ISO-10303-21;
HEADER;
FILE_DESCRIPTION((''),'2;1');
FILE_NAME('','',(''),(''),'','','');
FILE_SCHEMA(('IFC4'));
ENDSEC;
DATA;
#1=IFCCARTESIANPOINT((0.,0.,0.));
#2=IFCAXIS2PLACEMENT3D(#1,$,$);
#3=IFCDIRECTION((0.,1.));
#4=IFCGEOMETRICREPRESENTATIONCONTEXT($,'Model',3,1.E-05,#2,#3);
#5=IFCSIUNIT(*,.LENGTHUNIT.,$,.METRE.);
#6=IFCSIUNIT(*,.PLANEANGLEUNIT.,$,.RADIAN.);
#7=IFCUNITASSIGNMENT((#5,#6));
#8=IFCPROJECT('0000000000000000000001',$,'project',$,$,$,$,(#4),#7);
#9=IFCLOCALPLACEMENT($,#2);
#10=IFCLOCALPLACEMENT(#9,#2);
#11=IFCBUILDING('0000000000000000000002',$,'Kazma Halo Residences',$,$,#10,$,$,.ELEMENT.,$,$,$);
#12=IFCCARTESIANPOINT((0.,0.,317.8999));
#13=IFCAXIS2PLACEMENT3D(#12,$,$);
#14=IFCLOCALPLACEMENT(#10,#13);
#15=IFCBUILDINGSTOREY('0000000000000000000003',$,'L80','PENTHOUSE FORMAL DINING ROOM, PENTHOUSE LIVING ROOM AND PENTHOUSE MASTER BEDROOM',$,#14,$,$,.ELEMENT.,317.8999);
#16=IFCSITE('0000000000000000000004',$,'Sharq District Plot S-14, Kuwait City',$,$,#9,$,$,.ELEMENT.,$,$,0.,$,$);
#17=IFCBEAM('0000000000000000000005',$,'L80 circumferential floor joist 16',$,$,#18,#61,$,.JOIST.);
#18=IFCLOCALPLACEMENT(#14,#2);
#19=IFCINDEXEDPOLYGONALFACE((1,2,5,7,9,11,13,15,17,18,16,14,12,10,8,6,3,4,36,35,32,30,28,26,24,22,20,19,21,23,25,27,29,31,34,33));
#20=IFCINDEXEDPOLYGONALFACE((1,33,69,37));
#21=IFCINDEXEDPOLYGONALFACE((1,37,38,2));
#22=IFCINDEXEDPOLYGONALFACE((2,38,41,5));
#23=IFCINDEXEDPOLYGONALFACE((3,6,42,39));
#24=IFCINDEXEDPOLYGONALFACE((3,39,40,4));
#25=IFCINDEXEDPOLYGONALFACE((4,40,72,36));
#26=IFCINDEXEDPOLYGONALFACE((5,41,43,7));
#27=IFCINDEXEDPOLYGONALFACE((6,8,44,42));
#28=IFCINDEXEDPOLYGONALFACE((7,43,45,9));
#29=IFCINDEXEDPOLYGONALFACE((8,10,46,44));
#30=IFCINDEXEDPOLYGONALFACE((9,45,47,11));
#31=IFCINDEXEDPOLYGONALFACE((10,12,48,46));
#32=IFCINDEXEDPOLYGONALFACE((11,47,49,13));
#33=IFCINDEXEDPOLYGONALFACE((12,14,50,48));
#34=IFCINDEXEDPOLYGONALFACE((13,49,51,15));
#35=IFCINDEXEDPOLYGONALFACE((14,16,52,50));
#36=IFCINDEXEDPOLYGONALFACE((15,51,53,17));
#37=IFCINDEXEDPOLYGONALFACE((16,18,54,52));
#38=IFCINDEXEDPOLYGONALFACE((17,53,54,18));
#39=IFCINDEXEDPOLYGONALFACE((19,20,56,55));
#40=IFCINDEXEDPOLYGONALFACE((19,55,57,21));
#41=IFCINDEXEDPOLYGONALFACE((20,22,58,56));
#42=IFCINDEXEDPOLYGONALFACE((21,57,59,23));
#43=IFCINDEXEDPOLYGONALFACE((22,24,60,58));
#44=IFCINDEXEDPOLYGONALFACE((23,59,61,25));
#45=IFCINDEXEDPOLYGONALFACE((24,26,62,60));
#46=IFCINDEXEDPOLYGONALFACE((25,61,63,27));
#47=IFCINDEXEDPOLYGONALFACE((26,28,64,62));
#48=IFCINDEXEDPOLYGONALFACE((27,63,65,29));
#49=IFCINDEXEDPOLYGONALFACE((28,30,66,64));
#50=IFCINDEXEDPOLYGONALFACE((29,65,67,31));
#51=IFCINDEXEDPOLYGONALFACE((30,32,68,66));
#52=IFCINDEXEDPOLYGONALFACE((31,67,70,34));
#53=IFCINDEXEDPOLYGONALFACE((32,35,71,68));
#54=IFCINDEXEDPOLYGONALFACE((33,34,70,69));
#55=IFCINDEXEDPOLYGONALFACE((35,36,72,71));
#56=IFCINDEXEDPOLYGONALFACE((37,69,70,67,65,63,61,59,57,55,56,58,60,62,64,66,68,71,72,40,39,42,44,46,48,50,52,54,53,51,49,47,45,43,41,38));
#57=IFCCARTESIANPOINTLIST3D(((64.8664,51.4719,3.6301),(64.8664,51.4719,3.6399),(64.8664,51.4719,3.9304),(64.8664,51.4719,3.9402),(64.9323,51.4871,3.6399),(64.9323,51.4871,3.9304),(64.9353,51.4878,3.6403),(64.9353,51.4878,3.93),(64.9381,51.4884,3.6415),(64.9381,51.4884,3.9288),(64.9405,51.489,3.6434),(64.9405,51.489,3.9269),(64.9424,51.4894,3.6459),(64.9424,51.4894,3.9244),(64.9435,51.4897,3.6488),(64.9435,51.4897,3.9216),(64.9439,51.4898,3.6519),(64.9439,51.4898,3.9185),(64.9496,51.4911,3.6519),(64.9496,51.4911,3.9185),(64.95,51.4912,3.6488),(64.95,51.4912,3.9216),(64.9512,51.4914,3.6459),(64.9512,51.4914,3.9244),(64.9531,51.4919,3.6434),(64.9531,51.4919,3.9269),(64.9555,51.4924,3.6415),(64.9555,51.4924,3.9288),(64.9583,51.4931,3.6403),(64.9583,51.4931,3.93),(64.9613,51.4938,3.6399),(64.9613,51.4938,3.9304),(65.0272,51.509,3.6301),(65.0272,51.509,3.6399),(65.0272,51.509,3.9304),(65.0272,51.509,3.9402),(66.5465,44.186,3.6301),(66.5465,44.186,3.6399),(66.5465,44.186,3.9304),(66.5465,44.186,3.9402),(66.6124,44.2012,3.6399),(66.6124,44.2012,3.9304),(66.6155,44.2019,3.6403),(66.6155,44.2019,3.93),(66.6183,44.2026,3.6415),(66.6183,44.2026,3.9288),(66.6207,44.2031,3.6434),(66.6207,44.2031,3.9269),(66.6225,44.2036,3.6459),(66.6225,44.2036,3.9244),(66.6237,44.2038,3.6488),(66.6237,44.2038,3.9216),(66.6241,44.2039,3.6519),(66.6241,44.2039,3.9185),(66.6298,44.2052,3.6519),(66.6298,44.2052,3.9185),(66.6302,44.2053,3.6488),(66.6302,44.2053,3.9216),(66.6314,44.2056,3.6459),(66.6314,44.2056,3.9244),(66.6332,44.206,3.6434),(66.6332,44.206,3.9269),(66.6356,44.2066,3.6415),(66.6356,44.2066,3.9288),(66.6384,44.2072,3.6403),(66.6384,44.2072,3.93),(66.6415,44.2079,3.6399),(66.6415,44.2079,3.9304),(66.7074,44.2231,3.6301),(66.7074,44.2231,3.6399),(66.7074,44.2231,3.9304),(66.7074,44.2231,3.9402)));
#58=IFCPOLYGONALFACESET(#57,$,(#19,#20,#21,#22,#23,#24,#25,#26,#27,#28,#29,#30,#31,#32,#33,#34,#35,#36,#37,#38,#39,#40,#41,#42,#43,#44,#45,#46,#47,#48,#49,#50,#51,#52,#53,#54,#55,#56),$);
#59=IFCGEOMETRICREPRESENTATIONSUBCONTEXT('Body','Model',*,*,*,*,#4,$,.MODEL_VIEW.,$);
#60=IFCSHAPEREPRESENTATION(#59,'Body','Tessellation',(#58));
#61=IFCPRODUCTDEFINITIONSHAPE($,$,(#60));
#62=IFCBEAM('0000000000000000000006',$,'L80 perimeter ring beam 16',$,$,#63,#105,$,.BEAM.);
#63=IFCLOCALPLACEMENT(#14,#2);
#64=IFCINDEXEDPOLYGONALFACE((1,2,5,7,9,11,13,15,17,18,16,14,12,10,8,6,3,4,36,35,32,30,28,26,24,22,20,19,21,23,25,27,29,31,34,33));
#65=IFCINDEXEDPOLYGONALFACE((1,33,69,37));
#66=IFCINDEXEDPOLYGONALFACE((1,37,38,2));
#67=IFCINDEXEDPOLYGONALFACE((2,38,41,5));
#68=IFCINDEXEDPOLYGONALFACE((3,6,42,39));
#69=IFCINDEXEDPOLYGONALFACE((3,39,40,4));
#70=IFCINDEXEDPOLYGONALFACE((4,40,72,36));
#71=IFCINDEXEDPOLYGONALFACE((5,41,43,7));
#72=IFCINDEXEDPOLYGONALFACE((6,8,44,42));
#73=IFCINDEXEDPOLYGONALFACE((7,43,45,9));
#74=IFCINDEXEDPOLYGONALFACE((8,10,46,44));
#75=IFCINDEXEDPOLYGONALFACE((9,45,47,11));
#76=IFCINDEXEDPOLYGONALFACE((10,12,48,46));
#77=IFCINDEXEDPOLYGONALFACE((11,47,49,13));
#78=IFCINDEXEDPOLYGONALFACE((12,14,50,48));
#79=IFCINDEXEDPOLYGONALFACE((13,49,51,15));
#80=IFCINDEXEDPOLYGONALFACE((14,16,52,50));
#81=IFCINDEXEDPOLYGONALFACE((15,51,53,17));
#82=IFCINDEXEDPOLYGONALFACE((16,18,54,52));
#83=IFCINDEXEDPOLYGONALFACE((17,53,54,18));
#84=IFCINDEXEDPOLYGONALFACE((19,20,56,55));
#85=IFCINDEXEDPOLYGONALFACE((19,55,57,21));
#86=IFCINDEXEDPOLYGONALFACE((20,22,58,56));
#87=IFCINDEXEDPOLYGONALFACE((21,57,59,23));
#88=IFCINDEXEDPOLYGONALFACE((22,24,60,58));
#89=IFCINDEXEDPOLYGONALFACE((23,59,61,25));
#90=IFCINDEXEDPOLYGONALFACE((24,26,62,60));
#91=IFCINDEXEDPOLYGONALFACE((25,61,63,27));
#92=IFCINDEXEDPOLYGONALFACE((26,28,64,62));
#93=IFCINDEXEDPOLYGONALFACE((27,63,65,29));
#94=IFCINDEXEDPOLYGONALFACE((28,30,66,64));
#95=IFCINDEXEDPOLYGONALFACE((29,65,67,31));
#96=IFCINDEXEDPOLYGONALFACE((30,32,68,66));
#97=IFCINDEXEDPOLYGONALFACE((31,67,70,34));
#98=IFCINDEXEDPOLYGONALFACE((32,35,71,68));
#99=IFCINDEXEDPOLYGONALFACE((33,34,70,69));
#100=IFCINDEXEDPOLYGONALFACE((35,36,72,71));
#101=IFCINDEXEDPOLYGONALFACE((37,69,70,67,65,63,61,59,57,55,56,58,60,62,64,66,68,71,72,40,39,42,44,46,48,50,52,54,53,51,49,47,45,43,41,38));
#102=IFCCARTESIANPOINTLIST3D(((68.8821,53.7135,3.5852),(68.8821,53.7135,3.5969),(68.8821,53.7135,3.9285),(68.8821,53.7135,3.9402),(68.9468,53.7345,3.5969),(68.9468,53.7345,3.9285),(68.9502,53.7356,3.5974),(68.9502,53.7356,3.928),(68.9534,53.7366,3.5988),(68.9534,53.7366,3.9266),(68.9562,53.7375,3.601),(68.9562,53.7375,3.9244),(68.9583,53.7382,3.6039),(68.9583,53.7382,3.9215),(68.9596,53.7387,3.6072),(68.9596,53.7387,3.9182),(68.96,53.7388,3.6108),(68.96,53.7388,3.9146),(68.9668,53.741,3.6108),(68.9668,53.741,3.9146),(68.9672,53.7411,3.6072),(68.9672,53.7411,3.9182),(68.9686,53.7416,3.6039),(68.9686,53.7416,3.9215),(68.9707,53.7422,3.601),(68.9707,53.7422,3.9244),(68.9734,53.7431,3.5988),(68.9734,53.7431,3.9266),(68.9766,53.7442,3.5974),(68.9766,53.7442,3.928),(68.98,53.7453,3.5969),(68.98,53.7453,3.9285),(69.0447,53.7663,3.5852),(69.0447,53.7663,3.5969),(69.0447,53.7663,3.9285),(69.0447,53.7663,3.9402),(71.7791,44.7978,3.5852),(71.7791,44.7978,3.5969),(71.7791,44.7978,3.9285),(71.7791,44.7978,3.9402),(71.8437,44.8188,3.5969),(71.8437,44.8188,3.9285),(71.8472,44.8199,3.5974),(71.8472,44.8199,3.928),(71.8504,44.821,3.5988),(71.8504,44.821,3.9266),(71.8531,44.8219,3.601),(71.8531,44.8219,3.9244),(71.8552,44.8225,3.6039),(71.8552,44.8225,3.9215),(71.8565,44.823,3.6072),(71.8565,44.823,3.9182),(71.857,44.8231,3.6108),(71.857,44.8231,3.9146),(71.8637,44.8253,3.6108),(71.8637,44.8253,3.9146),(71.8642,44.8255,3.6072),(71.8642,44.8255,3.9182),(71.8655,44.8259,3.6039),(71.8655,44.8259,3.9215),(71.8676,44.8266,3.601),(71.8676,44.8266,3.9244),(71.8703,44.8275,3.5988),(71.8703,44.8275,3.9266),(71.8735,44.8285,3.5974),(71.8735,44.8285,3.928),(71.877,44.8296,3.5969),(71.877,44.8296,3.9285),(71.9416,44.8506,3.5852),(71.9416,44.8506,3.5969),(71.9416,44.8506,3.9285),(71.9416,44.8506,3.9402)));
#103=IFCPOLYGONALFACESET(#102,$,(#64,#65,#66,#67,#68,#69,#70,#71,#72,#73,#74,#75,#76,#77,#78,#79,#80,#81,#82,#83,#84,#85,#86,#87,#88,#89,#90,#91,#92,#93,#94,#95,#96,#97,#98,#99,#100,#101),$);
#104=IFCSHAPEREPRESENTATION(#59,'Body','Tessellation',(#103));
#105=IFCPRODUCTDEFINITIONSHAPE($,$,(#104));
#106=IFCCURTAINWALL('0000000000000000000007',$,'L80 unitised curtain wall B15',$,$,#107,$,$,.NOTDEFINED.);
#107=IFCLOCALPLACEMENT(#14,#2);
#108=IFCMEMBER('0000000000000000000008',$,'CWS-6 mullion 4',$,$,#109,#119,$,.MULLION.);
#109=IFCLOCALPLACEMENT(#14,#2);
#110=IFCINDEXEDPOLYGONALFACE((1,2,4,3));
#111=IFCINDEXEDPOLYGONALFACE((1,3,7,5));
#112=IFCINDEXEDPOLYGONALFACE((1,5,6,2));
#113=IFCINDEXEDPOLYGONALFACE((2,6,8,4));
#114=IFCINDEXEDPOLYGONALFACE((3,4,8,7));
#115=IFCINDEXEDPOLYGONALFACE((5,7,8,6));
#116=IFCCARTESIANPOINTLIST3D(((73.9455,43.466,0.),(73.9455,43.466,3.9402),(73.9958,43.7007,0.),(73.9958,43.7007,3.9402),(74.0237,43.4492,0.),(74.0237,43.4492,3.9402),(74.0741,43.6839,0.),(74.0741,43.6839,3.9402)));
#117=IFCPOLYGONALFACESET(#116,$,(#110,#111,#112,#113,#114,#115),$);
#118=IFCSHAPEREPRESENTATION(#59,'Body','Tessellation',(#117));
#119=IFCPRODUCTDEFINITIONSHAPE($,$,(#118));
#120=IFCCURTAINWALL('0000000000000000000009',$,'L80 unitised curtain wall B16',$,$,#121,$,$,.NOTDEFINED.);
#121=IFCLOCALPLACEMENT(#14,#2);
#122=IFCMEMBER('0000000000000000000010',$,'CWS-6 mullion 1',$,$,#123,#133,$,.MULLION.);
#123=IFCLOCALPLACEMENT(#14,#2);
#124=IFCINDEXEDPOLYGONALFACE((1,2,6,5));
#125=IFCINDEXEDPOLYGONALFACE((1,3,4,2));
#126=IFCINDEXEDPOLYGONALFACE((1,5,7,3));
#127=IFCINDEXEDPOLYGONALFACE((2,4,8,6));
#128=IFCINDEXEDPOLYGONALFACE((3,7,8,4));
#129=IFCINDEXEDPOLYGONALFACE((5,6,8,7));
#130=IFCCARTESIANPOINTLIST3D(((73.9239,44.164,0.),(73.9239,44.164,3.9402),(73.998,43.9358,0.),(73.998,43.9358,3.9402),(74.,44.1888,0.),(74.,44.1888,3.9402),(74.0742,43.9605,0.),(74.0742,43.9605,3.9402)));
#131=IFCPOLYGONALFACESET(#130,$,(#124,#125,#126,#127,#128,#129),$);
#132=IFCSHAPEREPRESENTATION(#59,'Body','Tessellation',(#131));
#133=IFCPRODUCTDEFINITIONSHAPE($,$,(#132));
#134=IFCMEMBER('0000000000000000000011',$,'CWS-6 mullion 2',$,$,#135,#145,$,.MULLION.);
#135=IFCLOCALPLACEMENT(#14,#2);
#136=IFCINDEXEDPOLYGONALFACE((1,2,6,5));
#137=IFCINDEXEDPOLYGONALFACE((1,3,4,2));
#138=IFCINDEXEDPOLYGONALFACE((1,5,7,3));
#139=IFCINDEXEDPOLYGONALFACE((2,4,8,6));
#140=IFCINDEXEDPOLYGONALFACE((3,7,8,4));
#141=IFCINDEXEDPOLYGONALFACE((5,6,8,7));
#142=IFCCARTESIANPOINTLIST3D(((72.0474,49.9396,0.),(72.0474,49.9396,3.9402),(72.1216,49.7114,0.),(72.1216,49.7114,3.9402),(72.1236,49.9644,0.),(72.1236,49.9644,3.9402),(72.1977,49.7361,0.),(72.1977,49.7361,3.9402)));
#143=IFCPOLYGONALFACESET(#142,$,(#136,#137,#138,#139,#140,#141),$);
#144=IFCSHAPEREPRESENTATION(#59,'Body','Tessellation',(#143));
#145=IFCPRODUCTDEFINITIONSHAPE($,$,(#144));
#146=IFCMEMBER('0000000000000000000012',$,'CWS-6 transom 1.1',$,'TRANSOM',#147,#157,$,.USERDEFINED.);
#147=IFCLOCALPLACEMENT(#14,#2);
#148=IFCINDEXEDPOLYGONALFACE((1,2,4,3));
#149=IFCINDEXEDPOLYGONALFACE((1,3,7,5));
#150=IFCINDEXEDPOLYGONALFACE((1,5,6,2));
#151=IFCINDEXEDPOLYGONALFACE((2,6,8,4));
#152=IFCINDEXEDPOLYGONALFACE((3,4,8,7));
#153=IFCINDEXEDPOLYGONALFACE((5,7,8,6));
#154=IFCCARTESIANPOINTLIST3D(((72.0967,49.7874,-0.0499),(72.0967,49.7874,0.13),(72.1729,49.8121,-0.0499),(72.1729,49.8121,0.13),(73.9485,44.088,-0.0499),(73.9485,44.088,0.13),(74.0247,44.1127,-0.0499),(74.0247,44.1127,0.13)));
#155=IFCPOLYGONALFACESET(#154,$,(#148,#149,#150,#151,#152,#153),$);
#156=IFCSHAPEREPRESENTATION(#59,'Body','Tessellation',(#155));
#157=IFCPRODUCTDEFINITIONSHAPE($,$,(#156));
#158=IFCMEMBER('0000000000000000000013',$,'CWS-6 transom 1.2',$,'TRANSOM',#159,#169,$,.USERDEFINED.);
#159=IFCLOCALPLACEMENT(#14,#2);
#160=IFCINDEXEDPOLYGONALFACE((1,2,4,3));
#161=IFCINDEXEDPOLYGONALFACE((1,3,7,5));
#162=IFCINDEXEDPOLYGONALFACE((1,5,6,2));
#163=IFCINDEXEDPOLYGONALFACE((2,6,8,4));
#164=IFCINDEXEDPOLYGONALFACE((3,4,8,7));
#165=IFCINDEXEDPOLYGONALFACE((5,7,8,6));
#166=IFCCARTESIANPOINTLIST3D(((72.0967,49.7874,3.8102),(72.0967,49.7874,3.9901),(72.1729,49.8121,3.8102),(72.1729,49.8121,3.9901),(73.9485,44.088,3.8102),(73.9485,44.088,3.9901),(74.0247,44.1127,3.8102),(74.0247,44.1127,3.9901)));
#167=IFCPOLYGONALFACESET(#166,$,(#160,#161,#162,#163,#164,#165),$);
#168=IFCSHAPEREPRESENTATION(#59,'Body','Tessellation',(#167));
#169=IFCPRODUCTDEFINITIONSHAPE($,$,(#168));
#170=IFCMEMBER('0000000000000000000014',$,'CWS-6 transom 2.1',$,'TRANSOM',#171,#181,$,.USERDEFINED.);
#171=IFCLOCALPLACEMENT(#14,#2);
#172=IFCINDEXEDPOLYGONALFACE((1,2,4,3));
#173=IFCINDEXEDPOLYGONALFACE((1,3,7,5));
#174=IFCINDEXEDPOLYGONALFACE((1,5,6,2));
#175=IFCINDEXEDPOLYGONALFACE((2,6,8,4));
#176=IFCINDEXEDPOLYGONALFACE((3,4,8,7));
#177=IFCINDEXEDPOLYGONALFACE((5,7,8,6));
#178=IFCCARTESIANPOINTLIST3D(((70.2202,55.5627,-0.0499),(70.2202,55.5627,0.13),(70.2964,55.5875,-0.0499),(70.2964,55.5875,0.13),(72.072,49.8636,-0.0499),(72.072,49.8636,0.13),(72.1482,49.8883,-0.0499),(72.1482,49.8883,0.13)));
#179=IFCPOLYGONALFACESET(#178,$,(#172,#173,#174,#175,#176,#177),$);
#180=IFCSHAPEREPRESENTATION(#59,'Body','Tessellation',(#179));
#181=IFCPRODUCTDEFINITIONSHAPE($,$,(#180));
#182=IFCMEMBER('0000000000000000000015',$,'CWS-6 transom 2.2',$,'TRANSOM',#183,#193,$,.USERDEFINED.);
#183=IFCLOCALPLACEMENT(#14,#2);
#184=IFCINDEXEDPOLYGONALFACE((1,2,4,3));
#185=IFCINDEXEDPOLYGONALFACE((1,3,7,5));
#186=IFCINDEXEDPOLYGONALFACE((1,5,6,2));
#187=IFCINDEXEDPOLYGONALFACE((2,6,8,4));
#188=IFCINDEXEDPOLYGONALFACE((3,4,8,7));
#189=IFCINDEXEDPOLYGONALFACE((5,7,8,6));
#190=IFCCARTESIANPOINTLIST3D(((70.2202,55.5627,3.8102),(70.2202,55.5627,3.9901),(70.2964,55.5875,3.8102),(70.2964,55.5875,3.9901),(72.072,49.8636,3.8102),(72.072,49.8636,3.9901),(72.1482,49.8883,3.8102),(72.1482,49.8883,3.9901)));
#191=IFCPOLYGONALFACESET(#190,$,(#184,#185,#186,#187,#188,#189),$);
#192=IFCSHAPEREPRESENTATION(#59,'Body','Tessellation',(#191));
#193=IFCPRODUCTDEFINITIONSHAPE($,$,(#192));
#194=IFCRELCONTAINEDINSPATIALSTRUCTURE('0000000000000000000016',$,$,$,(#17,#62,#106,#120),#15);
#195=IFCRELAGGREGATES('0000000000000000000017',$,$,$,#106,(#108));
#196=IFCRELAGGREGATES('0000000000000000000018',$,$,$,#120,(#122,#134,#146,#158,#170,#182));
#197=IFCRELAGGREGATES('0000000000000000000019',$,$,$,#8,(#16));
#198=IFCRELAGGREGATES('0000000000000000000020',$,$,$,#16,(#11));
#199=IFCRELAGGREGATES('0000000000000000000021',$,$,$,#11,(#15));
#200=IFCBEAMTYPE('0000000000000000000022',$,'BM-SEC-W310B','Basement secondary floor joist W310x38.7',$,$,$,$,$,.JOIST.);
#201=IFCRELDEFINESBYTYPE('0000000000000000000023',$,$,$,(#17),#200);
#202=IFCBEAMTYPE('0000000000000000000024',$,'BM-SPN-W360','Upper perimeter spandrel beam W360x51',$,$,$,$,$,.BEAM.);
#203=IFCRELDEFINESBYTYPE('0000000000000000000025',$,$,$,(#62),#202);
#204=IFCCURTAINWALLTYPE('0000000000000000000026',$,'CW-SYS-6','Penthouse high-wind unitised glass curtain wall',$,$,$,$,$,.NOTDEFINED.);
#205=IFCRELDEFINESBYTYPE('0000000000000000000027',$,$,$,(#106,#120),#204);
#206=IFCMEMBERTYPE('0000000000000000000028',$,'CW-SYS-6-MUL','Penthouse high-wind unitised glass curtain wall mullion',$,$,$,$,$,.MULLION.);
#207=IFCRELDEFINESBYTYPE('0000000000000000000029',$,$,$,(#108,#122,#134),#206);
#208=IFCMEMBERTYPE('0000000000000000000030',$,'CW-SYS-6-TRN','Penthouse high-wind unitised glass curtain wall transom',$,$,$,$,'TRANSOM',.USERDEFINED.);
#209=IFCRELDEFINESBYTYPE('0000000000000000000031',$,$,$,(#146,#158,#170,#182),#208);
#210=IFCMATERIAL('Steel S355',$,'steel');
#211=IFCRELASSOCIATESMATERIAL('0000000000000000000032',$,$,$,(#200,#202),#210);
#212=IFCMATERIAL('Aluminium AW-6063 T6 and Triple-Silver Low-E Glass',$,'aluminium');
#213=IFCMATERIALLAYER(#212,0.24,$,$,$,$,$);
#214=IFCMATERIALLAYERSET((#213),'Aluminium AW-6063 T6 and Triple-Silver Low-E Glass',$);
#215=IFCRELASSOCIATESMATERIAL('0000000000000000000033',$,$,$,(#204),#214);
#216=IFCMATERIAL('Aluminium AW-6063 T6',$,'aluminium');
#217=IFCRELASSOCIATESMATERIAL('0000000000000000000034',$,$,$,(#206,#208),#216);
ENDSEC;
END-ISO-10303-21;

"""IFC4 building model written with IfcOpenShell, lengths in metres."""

from ifc_helpers import new_model, si_unit, direction, frame, origin, origin_2d, place, context, subcontext, project, spatial, rectangle, i_section, extrude, material, layer, layer_set, material_profile, profile_set, type_object, element, aggregate, save


model = new_model("IFC4")

# Units and contexts
model_context = context("Model", 3, precision=1e-05, world=origin(), true_north=direction((0.0, 1.0)))
body_context = subcontext(model_context, "Body", "Model", "MODEL_VIEW")
ifc_project = project(units=[si_unit("LENGTHUNIT", "METRE"), si_unit("PLANEANGLEUNIT", "RADIAN")], contexts=[model_context])

# Site, building, storey
site_placement = place(None, origin())
site = spatial("IfcSite", under=ifc_project, at=site_placement, Name="Sharq District Plot S-14, Kuwait City", CompositionType="ELEMENT", RefElevation=0.0)
building_placement = place(site_placement, origin())
building = spatial("IfcBuilding", under=site, at=building_placement, Name="Kazma Halo Residences", CompositionType="ELEMENT")
storey_placement = place(building_placement, frame((0.0, 0.0, 317.8999)))
storey = spatial("IfcBuildingStorey", under=building, at=storey_placement, Name="L80", Description="PENTHOUSE FORMAL DINING ROOM, PENTHOUSE LIVING ROOM AND PENTHOUSE MASTER BEDROOM", CompositionType="ELEMENT", Elevation=317.8999)

# Beams
ifc_material_1 = material(Name="Steel S355", Category="steel")
ifc_material_profile_1 = material_profile(ifc_material_1, i_section(OverallWidth=0.165, OverallDepth=0.3101, WebThickness=0.0059, FlangeThickness=0.0098, FilletRadius=0.012, at=origin_2d()), Name="W310x38.7")
ifc_profile_set_1 = profile_set([ifc_material_profile_1], Name="Steel S355")
beam_type_1 = type_object("IfcBeamType", Name="BM-SEC-W310B", Description="Basement secondary floor joist W310x38.7", PredefinedType="JOIST", material=ifc_profile_set_1)
beam_1_placement = place(storey_placement, frame((66.627, 44.2046, 3.7852), z_axis=(-0.224709, 0.974426, 0.0), x_axis=(-0.974426, -0.224709, 0.0)))
element("IfcBeam", 1, at=beam_1_placement, inside=storey, type_object=beam_type_1, Name="L80 circumferential floor joist 16", PredefinedType="JOIST", context=body_context, shape_type="SweptSolid", body=[
    extrude(i_section(OverallWidth=0.165, OverallDepth=0.3101, WebThickness=0.0059, FlangeThickness=0.0098, FilletRadius=0.012, at=origin_2d()), origin(), (0.0, 0.0, 1.0), 7.4771),
])
ifc_material_profile_2 = material_profile(ifc_material_1, i_section(OverallWidth=0.1709, OverallDepth=0.355, WebThickness=0.0071, FlangeThickness=0.0117, FilletRadius=0.0139, at=origin_2d()), Name="W360x51")
ifc_profile_set_2 = profile_set([ifc_material_profile_2], Name="Steel S355")
beam_type_2 = type_object("IfcBeamType", Name="BM-SPN-W360", Description="Upper perimeter spandrel beam W360x51", PredefinedType="BEAM", material=ifc_profile_set_2)
beam_2_placement = place(storey_placement, frame((71.8604, 44.8242, 3.7627), z_axis=(-0.309023, 0.951055, 0.0), x_axis=(-0.951055, -0.309023, 0.0)))
element("IfcBeam", 2, at=beam_2_placement, inside=storey, type_object=beam_type_2, Name="L80 perimeter ring beam 16", PredefinedType="BEAM", context=body_context, shape_type="SweptSolid", body=[
    extrude(i_section(OverallWidth=0.1709, OverallDepth=0.355, WebThickness=0.0071, FlangeThickness=0.0117, FilletRadius=0.0139, at=origin_2d()), origin(), (0.0, 0.0, 1.0), 9.3745),
])

# Curtain wall, member
ifc_material_2 = material(Name="Aluminium AW-6063 T6 and Triple-Silver Low-E Glass", Category="aluminium")
ifc_layer_1 = layer(ifc_material_2, 0.24)
ifc_layer_set_1 = layer_set([ifc_layer_1], Name="Aluminium AW-6063 T6 and Triple-Silver Low-E Glass")
curtain_wall_type = type_object("IfcCurtainWallType", Name="CW-SYS-6", Description="Penthouse high-wind unitised glass curtain wall", PredefinedType="NOTDEFINED", material=ifc_layer_set_1)
curtain_wall_1_placement = place(storey_placement, origin())
curtain_wall_1 = element("IfcCurtainWall", 3, at=curtain_wall_1_placement, inside=storey, type_object=curtain_wall_type, Name="L80 unitised curtain wall B15", PredefinedType="NOTDEFINED")
ifc_material_3 = material(Name="Aluminium AW-6063 T6", Category="aluminium")
ifc_material_profile_3 = material_profile(ifc_material_3, rectangle(XDim=0.0801, YDim=0.24, at=origin_2d()), Name="CWM-80x240")
ifc_profile_set_3 = profile_set([ifc_material_profile_3], Name="Aluminium AW-6063 T6")
member_type_1 = type_object("IfcMemberType", Name="CW-SYS-6-MUL", Description="Penthouse high-wind unitised glass curtain wall mullion", PredefinedType="MULLION", material=ifc_profile_set_3)
member_1_placement = place(storey_placement, frame((74.0098, 43.575, 0.0), z_axis=(0.0, 0.0, 1.0), x_axis=(-0.977761, 0.209723, 0.0)))
member_1 = element("IfcMember", 4, at=member_1_placement, type_object=member_type_1, Name="CWS-6 mullion 4", PredefinedType="MULLION", context=body_context, shape_type="SweptSolid", body=[
    extrude(rectangle(XDim=0.0801, YDim=0.24, at=origin_2d()), origin(), (0.0, 0.0, 1.0), 3.9402),
])
aggregate(curtain_wall_1, [member_1])

# Curtain wall, members
curtain_wall_2_placement = place(storey_placement, origin())
curtain_wall_2 = element("IfcCurtainWall", 5, at=curtain_wall_2_placement, inside=storey, type_object=curtain_wall_type, Name="L80 unitised curtain wall B16", PredefinedType="NOTDEFINED")
member_2_placement = place(storey_placement, frame((73.999, 44.0623, 0.0), z_axis=(0.0, 0.0, 1.0), x_axis=(-0.951056, -0.309019, 0.0)))
member_2 = element("IfcMember", 6, at=member_2_placement, type_object=member_type_1, Name="CWS-6 mullion 1", PredefinedType="MULLION", context=body_context, shape_type="SweptSolid", body=[
    extrude(rectangle(XDim=0.0801, YDim=0.24, at=origin_2d()), origin(), (0.0, 0.0, 1.0), 3.9402),
])
member_3_placement = place(storey_placement, frame((72.1226, 49.8379, 0.0), z_axis=(0.0, 0.0, 1.0), x_axis=(-0.951056, -0.309019, 0.0)))
member_3 = element("IfcMember", 7, at=member_3_placement, type_object=member_type_1, Name="CWS-6 mullion 2", PredefinedType="MULLION", context=body_context, shape_type="SweptSolid", body=[
    extrude(rectangle(XDim=0.0801, YDim=0.24, at=origin_2d()), origin(), (0.0, 0.0, 1.0), 3.9402),
])
ifc_material_profile_4 = material_profile(ifc_material_3, rectangle(XDim=0.0801, YDim=0.1799, at=origin_2d()), Name="CWT-80x180")
ifc_profile_set_4 = profile_set([ifc_material_profile_4], Name="Aluminium AW-6063 T6")
member_type_2 = type_object("IfcMemberType", Name="CW-SYS-6-TRN", Description="Penthouse high-wind unitised glass curtain wall transom", ElementType="TRANSOM", PredefinedType="USERDEFINED", material=ifc_profile_set_4)
member_4_placement = place(storey_placement, frame((73.9866, 44.1003, 0.04), z_axis=(-0.309008, 0.95106, 0.0), x_axis=(-0.95106, -0.309008, 0.0)))
member_4 = element("IfcMember", 8, at=member_4_placement, type_object=member_type_2, Name="CWS-6 transom 1.1", ObjectType="TRANSOM", PredefinedType="USERDEFINED", context=body_context, shape_type="SweptSolid", body=[
    extrude(rectangle(XDim=0.0801, YDim=0.1799, at=origin_2d()), origin(), (0.0, 0.0, 1.0), 5.9927),
])
member_5_placement = place(storey_placement, frame((73.9866, 44.1003, 3.9001), z_axis=(-0.309008, 0.95106, 0.0), x_axis=(-0.95106, -0.309008, 0.0)))
member_5 = element("IfcMember", 9, at=member_5_placement, type_object=member_type_2, Name="CWS-6 transom 1.2", ObjectType="TRANSOM", PredefinedType="USERDEFINED", context=body_context, shape_type="SweptSolid", body=[
    extrude(rectangle(XDim=0.0801, YDim=0.1799, at=origin_2d()), origin(), (0.0, 0.0, 1.0), 5.9927),
])
member_6_placement = place(storey_placement, frame((72.1101, 49.876, 0.04), z_axis=(-0.30902, 0.951056, 0.0), x_axis=(-0.951056, -0.30902, 0.0)))
member_6 = element("IfcMember", 10, at=member_6_placement, type_object=member_type_2, Name="CWS-6 transom 2.1", ObjectType="TRANSOM", PredefinedType="USERDEFINED", context=body_context, shape_type="SweptSolid", body=[
    extrude(rectangle(XDim=0.0801, YDim=0.1799, at=origin_2d()), origin(), (0.0, 0.0, 1.0), 5.9924),
])
member_7_placement = place(storey_placement, frame((72.1101, 49.876, 3.9001), z_axis=(-0.30902, 0.951056, 0.0), x_axis=(-0.951056, -0.30902, 0.0)))
member_7 = element("IfcMember", 11, at=member_7_placement, type_object=member_type_2, Name="CWS-6 transom 2.2", ObjectType="TRANSOM", PredefinedType="USERDEFINED", context=body_context, shape_type="SweptSolid", body=[
    extrude(rectangle(XDim=0.0801, YDim=0.1799, at=origin_2d()), origin(), (0.0, 0.0, 1.0), 5.9924),
])
aggregate(curtain_wall_2, [member_2, member_3, member_4, member_5, member_6, member_7])

save(model, "model.ifc")
